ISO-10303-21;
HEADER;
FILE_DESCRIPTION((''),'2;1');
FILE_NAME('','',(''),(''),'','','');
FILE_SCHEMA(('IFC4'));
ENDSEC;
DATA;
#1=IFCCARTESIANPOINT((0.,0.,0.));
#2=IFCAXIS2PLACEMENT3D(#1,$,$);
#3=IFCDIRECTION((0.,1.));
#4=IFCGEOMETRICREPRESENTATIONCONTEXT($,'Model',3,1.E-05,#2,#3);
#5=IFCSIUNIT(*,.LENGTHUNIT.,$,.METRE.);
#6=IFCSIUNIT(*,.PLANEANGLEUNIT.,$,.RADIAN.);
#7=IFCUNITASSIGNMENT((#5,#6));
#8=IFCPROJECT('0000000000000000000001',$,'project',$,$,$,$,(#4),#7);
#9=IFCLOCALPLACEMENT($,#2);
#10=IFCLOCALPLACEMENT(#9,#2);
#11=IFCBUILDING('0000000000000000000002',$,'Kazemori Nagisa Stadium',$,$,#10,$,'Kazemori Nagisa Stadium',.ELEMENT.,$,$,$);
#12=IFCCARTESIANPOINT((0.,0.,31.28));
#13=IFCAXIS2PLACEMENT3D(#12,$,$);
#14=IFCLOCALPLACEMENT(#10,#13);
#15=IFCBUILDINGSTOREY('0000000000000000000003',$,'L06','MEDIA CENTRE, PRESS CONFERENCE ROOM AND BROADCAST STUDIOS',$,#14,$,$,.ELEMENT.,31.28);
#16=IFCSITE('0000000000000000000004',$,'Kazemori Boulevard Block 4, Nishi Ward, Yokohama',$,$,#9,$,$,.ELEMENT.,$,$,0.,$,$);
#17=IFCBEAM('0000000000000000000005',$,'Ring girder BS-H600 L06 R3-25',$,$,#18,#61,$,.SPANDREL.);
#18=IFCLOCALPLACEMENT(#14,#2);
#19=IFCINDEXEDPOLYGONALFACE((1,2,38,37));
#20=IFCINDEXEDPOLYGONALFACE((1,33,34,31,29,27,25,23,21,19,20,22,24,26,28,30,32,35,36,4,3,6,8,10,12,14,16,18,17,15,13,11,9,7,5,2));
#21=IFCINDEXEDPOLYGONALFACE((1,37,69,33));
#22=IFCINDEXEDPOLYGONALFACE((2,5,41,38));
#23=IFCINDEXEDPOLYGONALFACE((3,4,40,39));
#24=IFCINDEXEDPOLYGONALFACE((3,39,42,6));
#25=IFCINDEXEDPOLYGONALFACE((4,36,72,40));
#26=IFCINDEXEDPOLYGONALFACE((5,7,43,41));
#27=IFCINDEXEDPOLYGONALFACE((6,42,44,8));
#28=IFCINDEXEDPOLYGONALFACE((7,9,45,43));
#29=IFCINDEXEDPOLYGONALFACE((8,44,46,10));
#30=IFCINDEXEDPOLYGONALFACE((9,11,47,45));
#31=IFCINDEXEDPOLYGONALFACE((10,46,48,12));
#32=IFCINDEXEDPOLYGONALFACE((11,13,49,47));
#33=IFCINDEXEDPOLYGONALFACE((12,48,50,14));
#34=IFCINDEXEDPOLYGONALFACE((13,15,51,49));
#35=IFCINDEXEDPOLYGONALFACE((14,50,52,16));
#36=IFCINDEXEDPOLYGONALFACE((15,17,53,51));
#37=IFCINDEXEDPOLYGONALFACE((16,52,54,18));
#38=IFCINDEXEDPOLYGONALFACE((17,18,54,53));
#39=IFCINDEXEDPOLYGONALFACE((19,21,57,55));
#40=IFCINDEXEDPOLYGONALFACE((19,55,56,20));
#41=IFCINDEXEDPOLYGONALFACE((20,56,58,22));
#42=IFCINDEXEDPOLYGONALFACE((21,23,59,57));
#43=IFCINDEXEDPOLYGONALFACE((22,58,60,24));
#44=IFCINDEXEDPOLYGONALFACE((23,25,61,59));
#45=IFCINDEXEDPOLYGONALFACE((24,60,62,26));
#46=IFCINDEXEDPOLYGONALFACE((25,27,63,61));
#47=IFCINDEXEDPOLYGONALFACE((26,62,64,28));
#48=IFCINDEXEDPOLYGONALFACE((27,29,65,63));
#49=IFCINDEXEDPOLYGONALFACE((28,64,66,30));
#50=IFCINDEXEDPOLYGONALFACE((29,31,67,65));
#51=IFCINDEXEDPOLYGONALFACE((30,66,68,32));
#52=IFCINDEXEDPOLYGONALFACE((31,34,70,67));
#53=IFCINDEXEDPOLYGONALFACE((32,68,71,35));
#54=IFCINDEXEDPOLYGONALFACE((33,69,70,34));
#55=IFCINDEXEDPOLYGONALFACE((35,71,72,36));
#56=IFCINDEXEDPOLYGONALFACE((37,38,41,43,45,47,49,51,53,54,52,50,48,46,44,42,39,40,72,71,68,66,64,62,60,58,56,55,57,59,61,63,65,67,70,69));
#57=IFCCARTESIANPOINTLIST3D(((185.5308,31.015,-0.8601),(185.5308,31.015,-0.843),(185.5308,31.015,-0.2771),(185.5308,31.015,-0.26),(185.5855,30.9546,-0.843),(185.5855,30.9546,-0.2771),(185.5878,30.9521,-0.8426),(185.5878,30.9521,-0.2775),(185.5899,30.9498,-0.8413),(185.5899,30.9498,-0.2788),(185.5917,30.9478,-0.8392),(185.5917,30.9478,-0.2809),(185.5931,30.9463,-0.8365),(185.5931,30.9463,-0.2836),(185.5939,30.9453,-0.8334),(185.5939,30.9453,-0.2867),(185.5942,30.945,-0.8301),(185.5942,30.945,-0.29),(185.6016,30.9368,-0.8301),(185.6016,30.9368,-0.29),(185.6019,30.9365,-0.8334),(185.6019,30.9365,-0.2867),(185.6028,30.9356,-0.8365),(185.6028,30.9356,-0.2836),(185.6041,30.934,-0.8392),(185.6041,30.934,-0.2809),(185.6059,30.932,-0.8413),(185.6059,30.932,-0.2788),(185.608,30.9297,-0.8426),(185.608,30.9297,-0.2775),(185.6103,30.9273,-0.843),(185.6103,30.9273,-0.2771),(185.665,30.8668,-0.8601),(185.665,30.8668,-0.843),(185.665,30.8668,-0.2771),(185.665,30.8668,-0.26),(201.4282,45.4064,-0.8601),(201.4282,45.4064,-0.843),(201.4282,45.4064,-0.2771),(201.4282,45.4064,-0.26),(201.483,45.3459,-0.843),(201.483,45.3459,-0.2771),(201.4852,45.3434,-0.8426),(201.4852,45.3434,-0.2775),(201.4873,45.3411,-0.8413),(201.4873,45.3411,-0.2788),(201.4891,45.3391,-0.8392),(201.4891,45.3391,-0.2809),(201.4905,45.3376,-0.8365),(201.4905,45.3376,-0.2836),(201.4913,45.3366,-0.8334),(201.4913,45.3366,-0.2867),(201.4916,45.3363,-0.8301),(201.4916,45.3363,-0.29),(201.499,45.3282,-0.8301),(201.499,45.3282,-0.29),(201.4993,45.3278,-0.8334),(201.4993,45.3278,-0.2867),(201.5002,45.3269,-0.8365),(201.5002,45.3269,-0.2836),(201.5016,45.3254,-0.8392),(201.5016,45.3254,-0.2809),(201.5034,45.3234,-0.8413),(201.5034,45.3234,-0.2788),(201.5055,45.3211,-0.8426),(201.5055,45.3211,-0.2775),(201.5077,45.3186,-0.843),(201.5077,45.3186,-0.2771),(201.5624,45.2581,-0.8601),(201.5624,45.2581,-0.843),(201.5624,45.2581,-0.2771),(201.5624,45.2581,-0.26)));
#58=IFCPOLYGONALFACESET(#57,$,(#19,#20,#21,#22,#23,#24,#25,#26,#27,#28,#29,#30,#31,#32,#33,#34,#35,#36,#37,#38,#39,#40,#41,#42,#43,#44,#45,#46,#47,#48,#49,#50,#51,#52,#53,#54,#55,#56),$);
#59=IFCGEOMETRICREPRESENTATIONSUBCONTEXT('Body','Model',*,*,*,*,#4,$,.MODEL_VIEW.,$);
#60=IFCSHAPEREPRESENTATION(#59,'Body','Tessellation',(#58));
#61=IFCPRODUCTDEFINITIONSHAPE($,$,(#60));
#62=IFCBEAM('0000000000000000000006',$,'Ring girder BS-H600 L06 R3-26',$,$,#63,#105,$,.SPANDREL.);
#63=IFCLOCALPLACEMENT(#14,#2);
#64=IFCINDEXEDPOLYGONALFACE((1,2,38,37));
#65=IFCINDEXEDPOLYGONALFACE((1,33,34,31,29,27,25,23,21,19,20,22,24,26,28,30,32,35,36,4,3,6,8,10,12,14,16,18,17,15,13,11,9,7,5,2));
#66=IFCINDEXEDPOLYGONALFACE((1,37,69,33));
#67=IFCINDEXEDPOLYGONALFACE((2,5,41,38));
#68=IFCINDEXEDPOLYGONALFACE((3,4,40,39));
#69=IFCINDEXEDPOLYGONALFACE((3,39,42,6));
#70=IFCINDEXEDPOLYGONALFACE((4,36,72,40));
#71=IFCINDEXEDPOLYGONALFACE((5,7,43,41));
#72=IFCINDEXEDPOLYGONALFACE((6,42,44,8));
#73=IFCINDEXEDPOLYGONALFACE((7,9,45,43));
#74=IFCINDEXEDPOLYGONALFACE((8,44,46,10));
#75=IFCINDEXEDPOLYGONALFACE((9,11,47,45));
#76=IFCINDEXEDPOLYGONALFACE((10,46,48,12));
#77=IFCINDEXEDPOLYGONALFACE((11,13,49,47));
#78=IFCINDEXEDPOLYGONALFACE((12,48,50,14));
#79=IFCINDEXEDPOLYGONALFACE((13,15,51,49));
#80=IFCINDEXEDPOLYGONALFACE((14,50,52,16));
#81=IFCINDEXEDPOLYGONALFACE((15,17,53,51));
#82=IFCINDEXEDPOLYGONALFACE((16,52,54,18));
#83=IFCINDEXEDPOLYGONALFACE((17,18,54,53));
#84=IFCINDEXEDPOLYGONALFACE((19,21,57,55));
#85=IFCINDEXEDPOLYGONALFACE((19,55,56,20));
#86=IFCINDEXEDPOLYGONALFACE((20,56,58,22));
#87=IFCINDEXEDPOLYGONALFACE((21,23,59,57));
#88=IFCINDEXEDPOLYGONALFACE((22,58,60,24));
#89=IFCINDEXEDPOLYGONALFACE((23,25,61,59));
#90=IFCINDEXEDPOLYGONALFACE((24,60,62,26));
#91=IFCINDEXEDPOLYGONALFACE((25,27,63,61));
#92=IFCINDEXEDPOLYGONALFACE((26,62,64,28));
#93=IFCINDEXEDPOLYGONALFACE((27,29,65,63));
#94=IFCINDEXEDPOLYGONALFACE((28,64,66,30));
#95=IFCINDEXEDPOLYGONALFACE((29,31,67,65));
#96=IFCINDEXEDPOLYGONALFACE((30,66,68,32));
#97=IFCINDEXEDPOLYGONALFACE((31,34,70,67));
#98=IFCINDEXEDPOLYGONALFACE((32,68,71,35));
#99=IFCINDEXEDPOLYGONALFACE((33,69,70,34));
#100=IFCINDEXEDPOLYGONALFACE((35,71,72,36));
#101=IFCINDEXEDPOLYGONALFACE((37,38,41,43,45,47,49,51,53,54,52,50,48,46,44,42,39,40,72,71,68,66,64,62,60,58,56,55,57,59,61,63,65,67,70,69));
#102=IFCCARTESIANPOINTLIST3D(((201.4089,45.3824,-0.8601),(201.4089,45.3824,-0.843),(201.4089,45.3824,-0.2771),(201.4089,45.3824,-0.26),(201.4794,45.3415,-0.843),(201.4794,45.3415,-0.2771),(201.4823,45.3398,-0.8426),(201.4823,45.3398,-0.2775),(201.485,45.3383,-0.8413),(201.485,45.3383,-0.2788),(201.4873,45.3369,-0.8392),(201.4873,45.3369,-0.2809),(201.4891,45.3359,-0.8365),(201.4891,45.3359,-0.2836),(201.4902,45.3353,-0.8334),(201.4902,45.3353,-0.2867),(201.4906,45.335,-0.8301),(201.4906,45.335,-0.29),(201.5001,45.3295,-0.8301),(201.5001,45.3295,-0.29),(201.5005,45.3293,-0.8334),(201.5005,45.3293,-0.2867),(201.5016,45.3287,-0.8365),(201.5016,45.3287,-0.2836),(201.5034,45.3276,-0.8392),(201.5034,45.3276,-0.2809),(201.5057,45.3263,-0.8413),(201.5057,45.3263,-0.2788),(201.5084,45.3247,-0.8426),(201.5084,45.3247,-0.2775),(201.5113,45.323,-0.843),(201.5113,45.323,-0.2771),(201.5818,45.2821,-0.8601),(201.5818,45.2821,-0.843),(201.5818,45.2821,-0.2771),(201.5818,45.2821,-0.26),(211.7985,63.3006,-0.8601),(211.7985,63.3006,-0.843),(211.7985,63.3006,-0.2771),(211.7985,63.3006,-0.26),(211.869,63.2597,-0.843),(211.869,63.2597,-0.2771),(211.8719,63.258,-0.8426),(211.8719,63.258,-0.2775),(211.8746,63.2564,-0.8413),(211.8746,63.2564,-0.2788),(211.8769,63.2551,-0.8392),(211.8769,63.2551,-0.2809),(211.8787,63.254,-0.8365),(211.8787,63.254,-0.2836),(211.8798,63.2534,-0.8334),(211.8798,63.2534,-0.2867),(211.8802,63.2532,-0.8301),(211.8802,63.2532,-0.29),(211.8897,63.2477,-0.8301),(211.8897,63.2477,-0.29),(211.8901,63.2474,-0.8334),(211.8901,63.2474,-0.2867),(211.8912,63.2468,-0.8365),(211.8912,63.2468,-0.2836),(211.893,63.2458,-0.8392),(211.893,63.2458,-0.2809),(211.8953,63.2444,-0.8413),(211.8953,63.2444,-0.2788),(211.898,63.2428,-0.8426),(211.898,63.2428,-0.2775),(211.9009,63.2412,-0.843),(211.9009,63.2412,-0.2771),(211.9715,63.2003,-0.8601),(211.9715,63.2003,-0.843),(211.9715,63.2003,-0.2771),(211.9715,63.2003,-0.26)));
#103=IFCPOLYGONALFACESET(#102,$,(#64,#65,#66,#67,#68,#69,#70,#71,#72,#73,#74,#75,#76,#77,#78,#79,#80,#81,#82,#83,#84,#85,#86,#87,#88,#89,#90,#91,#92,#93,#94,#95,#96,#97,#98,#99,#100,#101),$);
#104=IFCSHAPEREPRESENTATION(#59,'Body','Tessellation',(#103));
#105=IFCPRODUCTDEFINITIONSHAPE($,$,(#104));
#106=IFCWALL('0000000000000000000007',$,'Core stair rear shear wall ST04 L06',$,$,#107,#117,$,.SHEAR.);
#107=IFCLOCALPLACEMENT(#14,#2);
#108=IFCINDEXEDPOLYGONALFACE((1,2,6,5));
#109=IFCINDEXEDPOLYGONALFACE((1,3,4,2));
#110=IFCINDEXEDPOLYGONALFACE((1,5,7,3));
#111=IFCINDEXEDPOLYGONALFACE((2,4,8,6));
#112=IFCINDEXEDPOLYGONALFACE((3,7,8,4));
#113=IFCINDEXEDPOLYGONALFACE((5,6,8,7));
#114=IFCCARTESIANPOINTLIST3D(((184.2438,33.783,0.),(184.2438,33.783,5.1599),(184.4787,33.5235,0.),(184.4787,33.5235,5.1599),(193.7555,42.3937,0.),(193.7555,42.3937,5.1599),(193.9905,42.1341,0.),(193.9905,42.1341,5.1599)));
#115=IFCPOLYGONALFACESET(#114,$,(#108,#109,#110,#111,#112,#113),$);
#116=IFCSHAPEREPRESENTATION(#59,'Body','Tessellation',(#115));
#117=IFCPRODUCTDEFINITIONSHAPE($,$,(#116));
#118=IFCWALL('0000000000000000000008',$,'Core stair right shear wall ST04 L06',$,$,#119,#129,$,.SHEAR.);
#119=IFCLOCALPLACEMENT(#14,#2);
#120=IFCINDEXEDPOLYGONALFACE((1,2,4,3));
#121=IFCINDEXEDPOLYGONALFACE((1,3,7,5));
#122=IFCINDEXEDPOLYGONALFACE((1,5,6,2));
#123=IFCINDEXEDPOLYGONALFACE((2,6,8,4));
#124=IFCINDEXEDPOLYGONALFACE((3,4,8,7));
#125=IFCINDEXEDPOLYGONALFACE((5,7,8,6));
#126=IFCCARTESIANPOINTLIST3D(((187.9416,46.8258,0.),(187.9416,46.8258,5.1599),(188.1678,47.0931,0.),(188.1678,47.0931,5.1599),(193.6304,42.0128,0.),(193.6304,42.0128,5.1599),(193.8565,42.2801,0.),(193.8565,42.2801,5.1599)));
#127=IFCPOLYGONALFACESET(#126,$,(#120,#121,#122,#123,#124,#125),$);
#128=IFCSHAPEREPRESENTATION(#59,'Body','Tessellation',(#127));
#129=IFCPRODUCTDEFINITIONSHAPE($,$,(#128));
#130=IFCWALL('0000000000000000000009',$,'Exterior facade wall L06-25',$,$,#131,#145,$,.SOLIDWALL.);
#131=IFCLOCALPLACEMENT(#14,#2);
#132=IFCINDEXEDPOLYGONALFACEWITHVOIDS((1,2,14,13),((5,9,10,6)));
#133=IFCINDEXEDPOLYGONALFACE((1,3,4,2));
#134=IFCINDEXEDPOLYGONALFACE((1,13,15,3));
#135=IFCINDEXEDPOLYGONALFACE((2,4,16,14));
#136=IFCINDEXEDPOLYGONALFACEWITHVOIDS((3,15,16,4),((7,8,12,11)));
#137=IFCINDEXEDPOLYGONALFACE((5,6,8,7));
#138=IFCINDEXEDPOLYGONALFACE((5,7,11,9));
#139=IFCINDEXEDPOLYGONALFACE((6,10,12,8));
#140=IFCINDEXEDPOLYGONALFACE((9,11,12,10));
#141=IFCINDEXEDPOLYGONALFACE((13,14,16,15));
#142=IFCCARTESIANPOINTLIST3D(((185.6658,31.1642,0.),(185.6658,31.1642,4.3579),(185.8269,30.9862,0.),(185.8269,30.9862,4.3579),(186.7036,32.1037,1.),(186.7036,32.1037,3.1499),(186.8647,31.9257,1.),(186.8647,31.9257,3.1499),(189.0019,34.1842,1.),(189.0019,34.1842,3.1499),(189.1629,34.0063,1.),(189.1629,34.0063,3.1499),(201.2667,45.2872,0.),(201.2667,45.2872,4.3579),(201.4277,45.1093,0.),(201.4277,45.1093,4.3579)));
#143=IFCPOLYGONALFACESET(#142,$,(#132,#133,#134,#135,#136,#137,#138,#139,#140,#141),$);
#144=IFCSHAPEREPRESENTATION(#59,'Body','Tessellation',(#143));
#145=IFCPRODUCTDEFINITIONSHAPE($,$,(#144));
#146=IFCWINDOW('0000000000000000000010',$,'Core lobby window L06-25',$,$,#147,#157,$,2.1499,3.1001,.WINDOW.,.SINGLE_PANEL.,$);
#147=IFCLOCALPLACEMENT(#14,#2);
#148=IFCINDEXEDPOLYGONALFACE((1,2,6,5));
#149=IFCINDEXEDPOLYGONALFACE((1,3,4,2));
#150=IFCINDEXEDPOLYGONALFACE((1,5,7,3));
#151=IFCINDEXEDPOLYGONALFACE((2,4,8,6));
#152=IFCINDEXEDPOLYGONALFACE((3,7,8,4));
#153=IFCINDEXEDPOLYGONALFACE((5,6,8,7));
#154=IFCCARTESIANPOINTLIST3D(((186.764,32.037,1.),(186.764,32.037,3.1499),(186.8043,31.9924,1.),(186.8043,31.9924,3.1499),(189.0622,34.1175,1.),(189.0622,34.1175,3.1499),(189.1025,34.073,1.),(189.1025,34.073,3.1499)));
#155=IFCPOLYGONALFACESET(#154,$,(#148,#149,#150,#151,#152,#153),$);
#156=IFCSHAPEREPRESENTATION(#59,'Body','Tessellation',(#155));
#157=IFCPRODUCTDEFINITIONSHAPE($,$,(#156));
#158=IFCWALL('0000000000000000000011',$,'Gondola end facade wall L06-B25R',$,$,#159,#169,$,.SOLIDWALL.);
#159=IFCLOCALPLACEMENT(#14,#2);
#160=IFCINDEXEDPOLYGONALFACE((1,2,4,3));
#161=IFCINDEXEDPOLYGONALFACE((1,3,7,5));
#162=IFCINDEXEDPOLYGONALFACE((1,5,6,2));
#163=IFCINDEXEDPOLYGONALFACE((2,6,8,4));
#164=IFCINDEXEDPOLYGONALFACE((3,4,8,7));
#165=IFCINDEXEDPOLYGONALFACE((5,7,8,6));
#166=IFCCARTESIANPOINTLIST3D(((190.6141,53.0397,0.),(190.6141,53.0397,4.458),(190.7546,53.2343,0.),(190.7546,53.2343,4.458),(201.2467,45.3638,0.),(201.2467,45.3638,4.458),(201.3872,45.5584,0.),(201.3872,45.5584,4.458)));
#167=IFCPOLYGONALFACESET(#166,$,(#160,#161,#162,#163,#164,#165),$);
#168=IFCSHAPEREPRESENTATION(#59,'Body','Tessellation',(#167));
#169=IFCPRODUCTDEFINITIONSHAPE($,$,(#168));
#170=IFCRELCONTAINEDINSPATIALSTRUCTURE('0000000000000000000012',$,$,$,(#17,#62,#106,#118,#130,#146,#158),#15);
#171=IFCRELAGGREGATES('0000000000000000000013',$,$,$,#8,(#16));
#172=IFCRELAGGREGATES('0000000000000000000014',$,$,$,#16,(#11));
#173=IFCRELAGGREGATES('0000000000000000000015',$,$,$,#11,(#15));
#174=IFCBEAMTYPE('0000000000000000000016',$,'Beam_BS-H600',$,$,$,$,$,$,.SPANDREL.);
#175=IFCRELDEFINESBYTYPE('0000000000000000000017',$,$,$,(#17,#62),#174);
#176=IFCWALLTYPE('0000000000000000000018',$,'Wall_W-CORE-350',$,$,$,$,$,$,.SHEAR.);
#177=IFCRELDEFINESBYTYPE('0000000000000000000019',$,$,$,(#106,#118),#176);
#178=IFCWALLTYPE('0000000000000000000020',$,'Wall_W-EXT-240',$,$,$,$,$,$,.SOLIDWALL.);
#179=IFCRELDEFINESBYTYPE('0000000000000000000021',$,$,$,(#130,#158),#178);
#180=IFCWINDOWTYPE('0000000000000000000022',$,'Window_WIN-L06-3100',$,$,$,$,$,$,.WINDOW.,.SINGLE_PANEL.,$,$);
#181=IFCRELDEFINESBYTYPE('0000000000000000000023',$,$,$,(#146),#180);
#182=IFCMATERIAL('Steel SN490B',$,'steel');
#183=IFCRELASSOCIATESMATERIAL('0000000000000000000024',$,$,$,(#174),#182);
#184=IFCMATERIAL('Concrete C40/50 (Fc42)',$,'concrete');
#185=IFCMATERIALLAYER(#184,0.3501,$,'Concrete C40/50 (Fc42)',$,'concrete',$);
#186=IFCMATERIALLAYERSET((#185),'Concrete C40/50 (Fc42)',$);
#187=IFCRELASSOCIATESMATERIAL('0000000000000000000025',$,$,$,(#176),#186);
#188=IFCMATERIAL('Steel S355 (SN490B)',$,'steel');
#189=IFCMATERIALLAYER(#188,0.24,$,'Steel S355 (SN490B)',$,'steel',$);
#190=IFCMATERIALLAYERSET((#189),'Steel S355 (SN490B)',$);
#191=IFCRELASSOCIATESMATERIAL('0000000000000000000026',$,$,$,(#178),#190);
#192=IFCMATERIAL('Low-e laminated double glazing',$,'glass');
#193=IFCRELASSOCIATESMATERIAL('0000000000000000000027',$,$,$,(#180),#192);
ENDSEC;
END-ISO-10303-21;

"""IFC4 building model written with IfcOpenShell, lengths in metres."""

from ifc_helpers import new_model, si_unit, direction, frame, frame_2d, origin, origin_2d, place, context, subcontext, project, spatial, rectangle, i_section, extrude, material, layer, layer_set, material_profile, profile_set, type_object, element, fill, save


model = new_model("IFC4")

# Units and contexts
model_context = context("Model", 3, precision=1e-05, world=origin(), true_north=direction((0.0, 1.0)))
body_context = subcontext(model_context, "Body", "Model", "MODEL_VIEW")
ifc_project = project(units=[si_unit("LENGTHUNIT", "METRE"), si_unit("PLANEANGLEUNIT", "RADIAN")], contexts=[model_context])

# Site, building, storey
site_placement = place(None, origin())
site = spatial("IfcSite", under=ifc_project, at=site_placement, Name="Kazemori Boulevard Block 4, Nishi Ward, Yokohama", CompositionType="ELEMENT", RefElevation=0.0)
building_placement = place(site_placement, origin())
building = spatial("IfcBuilding", under=site, at=building_placement, Name="Kazemori Nagisa Stadium", LongName="Kazemori Nagisa Stadium", CompositionType="ELEMENT")
storey_placement = place(building_placement, frame((0.0, 0.0, 31.28)))
storey = spatial("IfcBuildingStorey", under=building, at=storey_placement, Name="L06", Description="MEDIA CENTRE, PRESS CONFERENCE ROOM AND BROADCAST STUDIOS", CompositionType="ELEMENT", Elevation=31.28)

# Shared definitions
ifc_material_1 = material(Name="Steel SN490B", Category="steel")

# Beams
ifc_material_2 = material(Name="Concrete C40/50 (Fc42)", Category="concrete")
ifc_material_profile_1 = material_profile(ifc_material_1, i_section(OverallWidth=0.2, OverallDepth=0.6001, WebThickness=0.011, FlangeThickness=0.0171, FilletRadius=0.0129, at=origin_2d()), Name="H-600x200x11x17")
ifc_profile_set_1 = profile_set([ifc_material_profile_1], Name="Steel SN490B")
beam_type_1 = type_object("IfcBeamType", Name="Beam_BS-H600", PredefinedType="SPANDREL", material=ifc_profile_set_1)
beam_1_placement = place(storey_placement, frame((185.5979, 30.9409, -0.5601), z_axis=(0.741352, 0.671117, 0.0), x_axis=(-0.671117, 0.741352, 0.0)))
element("IfcBeam", 1, at=beam_1_placement, inside=storey, type_object=beam_type_1, Name="Ring girder BS-H600 L06 R3-25", PredefinedType="SPANDREL", context=body_context, shape_type="SweptSolid", body=[
    extrude(i_section(OverallWidth=0.2, OverallDepth=0.6001, WebThickness=0.011, FlangeThickness=0.0171, FilletRadius=0.0129, at=origin_2d()), origin(), (0.0, 0.0, 1.0), 21.4438),
])
beam_2_placement = place(storey_placement, frame((201.4954, 45.3323, -0.5601), z_axis=(0.501613, 0.865092, 0.0), x_axis=(-0.865092, 0.501613, 0.0)))
element("IfcBeam", 2, at=beam_2_placement, inside=storey, type_object=beam_type_1, Name="Ring girder BS-H600 L06 R3-26", PredefinedType="SPANDREL", context=body_context, shape_type="SweptSolid", body=[
    extrude(i_section(OverallWidth=0.2, OverallDepth=0.6001, WebThickness=0.011, FlangeThickness=0.0171, FilletRadius=0.0129, at=origin_2d()), origin(), (0.0, 0.0, 1.0), 20.7124),
])

# Walls
ifc_layer_1 = layer(ifc_material_2, 0.3501, Name="Concrete C40/50 (Fc42)", Category="concrete")
ifc_layer_set_1 = layer_set([ifc_layer_1], Name="Concrete C40/50 (Fc42)")
wall_type_1 = type_object("IfcWallType", Name="Wall_W-CORE-350", PredefinedType="SHEAR", material=ifc_layer_set_1)
wall_1_placement = place(storey_placement, frame((184.3613, 33.6533, 0.0), z_axis=(0.0, 0.0, 1.0), x_axis=(0.741351, 0.671117, 0.0)))
element("IfcWall", 3, at=wall_1_placement, inside=storey, type_object=wall_type_1, Name="Core stair rear shear wall ST04 L06", PredefinedType="SHEAR", context=body_context, shape_type="SweptSolid", body=[
    extrude(rectangle(XDim=12.8303, YDim=0.3501, at=frame_2d((6.415, 0.0))), origin(), (0.0, 0.0, 1.0), 5.1599),
])
wall_2_placement = place(storey_placement, frame((188.0547, 46.9595, 0.0), z_axis=(0.0, 0.0, 1.0), x_axis=(0.763422, -0.6459, 0.0)))
element("IfcWall", 4, at=wall_2_placement, inside=storey, type_object=wall_type_1, Name="Core stair right shear wall ST04 L06", PredefinedType="SHEAR", context=body_context, shape_type="SweptSolid", body=[
    extrude(rectangle(XDim=7.4517, YDim=0.3501, at=frame_2d((3.7258, 0.0))), origin(), (0.0, 0.0, 1.0), 5.1599),
])

# Wall, opening, window
ifc_material_3 = material(Name="Steel S355 (SN490B)", Category="steel")
ifc_layer_2 = layer(ifc_material_3, 0.24, Name="Steel S355 (SN490B)", Category="steel")
ifc_layer_set_2 = layer_set([ifc_layer_2], Name="Steel S355 (SN490B)")
wall_type_2 = type_object("IfcWallType", Name="Wall_W-EXT-240", PredefinedType="SOLIDWALL", material=ifc_layer_set_2)
wall_3_placement = place(storey_placement, frame((185.7463, 31.0752, 0.0), z_axis=(0.0, 0.0, 1.0), x_axis=(0.741346, 0.671123, 0.0)))
wall_3 = element("IfcWall", 5, at=wall_3_placement, inside=storey, type_object=wall_type_2, Name="Exterior facade wall L06-25", PredefinedType="SOLIDWALL", context=body_context, shape_type="SweptSolid", body=[
    extrude(rectangle(XDim=21.0439, YDim=0.24, at=frame_2d((10.522, 0.0))), origin(), (0.0, 0.0, 1.0), 4.3579),
])
opening_1_placement = place(wall_3_placement, frame((1.3999, 0.0, 1.0)))
opening_1 = element("IfcOpeningElement", 6, at=opening_1_placement, cuts=wall_3, PredefinedType="OPENING", context=body_context, shape_type="SweptSolid", body=[
    extrude(rectangle(XDim=3.1001, YDim=2.1499, at=frame_2d((1.55, 1.075))), frame((0.0, 0.1299, 0.0), z_axis=(0.0, -1.0, 0.0), x_axis=(1.0, 0.0, 0.0)), (0.0, 0.0, 1.0), 0.26),
])
ifc_material_4 = material(Name="Low-e laminated double glazing", Category="glass")
window_type = type_object("IfcWindowType", Name="Window_WIN-L06-3100", PartitioningType="SINGLE_PANEL", PredefinedType="WINDOW", material=ifc_material_4)
window_placement = place(opening_1_placement, origin())
window = element("IfcWindow", 7, at=window_placement, inside=storey, type_object=window_type, Name="Core lobby window L06-25", OverallHeight=2.1499, OverallWidth=3.1001, PartitioningType="SINGLE_PANEL", PredefinedType="WINDOW", context=body_context, shape_type="SweptSolid", body=[
    extrude(rectangle(XDim=3.1001, YDim=2.1499, at=frame_2d((1.55, 1.075))), frame((0.0, 0.03, 0.0), z_axis=(0.0, -1.0, 0.0), x_axis=(1.0, 0.0, 0.0)), (0.0, 0.0, 1.0), 0.0601),
])
fill(opening_1, window)

# Wall
wall_4_placement = place(storey_placement, frame((190.6843, 53.137, 0.0), z_axis=(0.0, 0.0, 1.0), x_axis=(0.810799, -0.585325, 0.0)))
element("IfcWall", 8, at=wall_4_placement, inside=storey, type_object=wall_type_2, Name="Gondola end facade wall L06-B25R", PredefinedType="SOLIDWALL", context=body_context, shape_type="SweptSolid", body=[
    extrude(rectangle(XDim=13.1138, YDim=0.24, at=frame_2d((6.5569, 0.0))), origin(), (0.0, 0.0, 1.0), 4.458),
])

save(model, "model.ifc")
